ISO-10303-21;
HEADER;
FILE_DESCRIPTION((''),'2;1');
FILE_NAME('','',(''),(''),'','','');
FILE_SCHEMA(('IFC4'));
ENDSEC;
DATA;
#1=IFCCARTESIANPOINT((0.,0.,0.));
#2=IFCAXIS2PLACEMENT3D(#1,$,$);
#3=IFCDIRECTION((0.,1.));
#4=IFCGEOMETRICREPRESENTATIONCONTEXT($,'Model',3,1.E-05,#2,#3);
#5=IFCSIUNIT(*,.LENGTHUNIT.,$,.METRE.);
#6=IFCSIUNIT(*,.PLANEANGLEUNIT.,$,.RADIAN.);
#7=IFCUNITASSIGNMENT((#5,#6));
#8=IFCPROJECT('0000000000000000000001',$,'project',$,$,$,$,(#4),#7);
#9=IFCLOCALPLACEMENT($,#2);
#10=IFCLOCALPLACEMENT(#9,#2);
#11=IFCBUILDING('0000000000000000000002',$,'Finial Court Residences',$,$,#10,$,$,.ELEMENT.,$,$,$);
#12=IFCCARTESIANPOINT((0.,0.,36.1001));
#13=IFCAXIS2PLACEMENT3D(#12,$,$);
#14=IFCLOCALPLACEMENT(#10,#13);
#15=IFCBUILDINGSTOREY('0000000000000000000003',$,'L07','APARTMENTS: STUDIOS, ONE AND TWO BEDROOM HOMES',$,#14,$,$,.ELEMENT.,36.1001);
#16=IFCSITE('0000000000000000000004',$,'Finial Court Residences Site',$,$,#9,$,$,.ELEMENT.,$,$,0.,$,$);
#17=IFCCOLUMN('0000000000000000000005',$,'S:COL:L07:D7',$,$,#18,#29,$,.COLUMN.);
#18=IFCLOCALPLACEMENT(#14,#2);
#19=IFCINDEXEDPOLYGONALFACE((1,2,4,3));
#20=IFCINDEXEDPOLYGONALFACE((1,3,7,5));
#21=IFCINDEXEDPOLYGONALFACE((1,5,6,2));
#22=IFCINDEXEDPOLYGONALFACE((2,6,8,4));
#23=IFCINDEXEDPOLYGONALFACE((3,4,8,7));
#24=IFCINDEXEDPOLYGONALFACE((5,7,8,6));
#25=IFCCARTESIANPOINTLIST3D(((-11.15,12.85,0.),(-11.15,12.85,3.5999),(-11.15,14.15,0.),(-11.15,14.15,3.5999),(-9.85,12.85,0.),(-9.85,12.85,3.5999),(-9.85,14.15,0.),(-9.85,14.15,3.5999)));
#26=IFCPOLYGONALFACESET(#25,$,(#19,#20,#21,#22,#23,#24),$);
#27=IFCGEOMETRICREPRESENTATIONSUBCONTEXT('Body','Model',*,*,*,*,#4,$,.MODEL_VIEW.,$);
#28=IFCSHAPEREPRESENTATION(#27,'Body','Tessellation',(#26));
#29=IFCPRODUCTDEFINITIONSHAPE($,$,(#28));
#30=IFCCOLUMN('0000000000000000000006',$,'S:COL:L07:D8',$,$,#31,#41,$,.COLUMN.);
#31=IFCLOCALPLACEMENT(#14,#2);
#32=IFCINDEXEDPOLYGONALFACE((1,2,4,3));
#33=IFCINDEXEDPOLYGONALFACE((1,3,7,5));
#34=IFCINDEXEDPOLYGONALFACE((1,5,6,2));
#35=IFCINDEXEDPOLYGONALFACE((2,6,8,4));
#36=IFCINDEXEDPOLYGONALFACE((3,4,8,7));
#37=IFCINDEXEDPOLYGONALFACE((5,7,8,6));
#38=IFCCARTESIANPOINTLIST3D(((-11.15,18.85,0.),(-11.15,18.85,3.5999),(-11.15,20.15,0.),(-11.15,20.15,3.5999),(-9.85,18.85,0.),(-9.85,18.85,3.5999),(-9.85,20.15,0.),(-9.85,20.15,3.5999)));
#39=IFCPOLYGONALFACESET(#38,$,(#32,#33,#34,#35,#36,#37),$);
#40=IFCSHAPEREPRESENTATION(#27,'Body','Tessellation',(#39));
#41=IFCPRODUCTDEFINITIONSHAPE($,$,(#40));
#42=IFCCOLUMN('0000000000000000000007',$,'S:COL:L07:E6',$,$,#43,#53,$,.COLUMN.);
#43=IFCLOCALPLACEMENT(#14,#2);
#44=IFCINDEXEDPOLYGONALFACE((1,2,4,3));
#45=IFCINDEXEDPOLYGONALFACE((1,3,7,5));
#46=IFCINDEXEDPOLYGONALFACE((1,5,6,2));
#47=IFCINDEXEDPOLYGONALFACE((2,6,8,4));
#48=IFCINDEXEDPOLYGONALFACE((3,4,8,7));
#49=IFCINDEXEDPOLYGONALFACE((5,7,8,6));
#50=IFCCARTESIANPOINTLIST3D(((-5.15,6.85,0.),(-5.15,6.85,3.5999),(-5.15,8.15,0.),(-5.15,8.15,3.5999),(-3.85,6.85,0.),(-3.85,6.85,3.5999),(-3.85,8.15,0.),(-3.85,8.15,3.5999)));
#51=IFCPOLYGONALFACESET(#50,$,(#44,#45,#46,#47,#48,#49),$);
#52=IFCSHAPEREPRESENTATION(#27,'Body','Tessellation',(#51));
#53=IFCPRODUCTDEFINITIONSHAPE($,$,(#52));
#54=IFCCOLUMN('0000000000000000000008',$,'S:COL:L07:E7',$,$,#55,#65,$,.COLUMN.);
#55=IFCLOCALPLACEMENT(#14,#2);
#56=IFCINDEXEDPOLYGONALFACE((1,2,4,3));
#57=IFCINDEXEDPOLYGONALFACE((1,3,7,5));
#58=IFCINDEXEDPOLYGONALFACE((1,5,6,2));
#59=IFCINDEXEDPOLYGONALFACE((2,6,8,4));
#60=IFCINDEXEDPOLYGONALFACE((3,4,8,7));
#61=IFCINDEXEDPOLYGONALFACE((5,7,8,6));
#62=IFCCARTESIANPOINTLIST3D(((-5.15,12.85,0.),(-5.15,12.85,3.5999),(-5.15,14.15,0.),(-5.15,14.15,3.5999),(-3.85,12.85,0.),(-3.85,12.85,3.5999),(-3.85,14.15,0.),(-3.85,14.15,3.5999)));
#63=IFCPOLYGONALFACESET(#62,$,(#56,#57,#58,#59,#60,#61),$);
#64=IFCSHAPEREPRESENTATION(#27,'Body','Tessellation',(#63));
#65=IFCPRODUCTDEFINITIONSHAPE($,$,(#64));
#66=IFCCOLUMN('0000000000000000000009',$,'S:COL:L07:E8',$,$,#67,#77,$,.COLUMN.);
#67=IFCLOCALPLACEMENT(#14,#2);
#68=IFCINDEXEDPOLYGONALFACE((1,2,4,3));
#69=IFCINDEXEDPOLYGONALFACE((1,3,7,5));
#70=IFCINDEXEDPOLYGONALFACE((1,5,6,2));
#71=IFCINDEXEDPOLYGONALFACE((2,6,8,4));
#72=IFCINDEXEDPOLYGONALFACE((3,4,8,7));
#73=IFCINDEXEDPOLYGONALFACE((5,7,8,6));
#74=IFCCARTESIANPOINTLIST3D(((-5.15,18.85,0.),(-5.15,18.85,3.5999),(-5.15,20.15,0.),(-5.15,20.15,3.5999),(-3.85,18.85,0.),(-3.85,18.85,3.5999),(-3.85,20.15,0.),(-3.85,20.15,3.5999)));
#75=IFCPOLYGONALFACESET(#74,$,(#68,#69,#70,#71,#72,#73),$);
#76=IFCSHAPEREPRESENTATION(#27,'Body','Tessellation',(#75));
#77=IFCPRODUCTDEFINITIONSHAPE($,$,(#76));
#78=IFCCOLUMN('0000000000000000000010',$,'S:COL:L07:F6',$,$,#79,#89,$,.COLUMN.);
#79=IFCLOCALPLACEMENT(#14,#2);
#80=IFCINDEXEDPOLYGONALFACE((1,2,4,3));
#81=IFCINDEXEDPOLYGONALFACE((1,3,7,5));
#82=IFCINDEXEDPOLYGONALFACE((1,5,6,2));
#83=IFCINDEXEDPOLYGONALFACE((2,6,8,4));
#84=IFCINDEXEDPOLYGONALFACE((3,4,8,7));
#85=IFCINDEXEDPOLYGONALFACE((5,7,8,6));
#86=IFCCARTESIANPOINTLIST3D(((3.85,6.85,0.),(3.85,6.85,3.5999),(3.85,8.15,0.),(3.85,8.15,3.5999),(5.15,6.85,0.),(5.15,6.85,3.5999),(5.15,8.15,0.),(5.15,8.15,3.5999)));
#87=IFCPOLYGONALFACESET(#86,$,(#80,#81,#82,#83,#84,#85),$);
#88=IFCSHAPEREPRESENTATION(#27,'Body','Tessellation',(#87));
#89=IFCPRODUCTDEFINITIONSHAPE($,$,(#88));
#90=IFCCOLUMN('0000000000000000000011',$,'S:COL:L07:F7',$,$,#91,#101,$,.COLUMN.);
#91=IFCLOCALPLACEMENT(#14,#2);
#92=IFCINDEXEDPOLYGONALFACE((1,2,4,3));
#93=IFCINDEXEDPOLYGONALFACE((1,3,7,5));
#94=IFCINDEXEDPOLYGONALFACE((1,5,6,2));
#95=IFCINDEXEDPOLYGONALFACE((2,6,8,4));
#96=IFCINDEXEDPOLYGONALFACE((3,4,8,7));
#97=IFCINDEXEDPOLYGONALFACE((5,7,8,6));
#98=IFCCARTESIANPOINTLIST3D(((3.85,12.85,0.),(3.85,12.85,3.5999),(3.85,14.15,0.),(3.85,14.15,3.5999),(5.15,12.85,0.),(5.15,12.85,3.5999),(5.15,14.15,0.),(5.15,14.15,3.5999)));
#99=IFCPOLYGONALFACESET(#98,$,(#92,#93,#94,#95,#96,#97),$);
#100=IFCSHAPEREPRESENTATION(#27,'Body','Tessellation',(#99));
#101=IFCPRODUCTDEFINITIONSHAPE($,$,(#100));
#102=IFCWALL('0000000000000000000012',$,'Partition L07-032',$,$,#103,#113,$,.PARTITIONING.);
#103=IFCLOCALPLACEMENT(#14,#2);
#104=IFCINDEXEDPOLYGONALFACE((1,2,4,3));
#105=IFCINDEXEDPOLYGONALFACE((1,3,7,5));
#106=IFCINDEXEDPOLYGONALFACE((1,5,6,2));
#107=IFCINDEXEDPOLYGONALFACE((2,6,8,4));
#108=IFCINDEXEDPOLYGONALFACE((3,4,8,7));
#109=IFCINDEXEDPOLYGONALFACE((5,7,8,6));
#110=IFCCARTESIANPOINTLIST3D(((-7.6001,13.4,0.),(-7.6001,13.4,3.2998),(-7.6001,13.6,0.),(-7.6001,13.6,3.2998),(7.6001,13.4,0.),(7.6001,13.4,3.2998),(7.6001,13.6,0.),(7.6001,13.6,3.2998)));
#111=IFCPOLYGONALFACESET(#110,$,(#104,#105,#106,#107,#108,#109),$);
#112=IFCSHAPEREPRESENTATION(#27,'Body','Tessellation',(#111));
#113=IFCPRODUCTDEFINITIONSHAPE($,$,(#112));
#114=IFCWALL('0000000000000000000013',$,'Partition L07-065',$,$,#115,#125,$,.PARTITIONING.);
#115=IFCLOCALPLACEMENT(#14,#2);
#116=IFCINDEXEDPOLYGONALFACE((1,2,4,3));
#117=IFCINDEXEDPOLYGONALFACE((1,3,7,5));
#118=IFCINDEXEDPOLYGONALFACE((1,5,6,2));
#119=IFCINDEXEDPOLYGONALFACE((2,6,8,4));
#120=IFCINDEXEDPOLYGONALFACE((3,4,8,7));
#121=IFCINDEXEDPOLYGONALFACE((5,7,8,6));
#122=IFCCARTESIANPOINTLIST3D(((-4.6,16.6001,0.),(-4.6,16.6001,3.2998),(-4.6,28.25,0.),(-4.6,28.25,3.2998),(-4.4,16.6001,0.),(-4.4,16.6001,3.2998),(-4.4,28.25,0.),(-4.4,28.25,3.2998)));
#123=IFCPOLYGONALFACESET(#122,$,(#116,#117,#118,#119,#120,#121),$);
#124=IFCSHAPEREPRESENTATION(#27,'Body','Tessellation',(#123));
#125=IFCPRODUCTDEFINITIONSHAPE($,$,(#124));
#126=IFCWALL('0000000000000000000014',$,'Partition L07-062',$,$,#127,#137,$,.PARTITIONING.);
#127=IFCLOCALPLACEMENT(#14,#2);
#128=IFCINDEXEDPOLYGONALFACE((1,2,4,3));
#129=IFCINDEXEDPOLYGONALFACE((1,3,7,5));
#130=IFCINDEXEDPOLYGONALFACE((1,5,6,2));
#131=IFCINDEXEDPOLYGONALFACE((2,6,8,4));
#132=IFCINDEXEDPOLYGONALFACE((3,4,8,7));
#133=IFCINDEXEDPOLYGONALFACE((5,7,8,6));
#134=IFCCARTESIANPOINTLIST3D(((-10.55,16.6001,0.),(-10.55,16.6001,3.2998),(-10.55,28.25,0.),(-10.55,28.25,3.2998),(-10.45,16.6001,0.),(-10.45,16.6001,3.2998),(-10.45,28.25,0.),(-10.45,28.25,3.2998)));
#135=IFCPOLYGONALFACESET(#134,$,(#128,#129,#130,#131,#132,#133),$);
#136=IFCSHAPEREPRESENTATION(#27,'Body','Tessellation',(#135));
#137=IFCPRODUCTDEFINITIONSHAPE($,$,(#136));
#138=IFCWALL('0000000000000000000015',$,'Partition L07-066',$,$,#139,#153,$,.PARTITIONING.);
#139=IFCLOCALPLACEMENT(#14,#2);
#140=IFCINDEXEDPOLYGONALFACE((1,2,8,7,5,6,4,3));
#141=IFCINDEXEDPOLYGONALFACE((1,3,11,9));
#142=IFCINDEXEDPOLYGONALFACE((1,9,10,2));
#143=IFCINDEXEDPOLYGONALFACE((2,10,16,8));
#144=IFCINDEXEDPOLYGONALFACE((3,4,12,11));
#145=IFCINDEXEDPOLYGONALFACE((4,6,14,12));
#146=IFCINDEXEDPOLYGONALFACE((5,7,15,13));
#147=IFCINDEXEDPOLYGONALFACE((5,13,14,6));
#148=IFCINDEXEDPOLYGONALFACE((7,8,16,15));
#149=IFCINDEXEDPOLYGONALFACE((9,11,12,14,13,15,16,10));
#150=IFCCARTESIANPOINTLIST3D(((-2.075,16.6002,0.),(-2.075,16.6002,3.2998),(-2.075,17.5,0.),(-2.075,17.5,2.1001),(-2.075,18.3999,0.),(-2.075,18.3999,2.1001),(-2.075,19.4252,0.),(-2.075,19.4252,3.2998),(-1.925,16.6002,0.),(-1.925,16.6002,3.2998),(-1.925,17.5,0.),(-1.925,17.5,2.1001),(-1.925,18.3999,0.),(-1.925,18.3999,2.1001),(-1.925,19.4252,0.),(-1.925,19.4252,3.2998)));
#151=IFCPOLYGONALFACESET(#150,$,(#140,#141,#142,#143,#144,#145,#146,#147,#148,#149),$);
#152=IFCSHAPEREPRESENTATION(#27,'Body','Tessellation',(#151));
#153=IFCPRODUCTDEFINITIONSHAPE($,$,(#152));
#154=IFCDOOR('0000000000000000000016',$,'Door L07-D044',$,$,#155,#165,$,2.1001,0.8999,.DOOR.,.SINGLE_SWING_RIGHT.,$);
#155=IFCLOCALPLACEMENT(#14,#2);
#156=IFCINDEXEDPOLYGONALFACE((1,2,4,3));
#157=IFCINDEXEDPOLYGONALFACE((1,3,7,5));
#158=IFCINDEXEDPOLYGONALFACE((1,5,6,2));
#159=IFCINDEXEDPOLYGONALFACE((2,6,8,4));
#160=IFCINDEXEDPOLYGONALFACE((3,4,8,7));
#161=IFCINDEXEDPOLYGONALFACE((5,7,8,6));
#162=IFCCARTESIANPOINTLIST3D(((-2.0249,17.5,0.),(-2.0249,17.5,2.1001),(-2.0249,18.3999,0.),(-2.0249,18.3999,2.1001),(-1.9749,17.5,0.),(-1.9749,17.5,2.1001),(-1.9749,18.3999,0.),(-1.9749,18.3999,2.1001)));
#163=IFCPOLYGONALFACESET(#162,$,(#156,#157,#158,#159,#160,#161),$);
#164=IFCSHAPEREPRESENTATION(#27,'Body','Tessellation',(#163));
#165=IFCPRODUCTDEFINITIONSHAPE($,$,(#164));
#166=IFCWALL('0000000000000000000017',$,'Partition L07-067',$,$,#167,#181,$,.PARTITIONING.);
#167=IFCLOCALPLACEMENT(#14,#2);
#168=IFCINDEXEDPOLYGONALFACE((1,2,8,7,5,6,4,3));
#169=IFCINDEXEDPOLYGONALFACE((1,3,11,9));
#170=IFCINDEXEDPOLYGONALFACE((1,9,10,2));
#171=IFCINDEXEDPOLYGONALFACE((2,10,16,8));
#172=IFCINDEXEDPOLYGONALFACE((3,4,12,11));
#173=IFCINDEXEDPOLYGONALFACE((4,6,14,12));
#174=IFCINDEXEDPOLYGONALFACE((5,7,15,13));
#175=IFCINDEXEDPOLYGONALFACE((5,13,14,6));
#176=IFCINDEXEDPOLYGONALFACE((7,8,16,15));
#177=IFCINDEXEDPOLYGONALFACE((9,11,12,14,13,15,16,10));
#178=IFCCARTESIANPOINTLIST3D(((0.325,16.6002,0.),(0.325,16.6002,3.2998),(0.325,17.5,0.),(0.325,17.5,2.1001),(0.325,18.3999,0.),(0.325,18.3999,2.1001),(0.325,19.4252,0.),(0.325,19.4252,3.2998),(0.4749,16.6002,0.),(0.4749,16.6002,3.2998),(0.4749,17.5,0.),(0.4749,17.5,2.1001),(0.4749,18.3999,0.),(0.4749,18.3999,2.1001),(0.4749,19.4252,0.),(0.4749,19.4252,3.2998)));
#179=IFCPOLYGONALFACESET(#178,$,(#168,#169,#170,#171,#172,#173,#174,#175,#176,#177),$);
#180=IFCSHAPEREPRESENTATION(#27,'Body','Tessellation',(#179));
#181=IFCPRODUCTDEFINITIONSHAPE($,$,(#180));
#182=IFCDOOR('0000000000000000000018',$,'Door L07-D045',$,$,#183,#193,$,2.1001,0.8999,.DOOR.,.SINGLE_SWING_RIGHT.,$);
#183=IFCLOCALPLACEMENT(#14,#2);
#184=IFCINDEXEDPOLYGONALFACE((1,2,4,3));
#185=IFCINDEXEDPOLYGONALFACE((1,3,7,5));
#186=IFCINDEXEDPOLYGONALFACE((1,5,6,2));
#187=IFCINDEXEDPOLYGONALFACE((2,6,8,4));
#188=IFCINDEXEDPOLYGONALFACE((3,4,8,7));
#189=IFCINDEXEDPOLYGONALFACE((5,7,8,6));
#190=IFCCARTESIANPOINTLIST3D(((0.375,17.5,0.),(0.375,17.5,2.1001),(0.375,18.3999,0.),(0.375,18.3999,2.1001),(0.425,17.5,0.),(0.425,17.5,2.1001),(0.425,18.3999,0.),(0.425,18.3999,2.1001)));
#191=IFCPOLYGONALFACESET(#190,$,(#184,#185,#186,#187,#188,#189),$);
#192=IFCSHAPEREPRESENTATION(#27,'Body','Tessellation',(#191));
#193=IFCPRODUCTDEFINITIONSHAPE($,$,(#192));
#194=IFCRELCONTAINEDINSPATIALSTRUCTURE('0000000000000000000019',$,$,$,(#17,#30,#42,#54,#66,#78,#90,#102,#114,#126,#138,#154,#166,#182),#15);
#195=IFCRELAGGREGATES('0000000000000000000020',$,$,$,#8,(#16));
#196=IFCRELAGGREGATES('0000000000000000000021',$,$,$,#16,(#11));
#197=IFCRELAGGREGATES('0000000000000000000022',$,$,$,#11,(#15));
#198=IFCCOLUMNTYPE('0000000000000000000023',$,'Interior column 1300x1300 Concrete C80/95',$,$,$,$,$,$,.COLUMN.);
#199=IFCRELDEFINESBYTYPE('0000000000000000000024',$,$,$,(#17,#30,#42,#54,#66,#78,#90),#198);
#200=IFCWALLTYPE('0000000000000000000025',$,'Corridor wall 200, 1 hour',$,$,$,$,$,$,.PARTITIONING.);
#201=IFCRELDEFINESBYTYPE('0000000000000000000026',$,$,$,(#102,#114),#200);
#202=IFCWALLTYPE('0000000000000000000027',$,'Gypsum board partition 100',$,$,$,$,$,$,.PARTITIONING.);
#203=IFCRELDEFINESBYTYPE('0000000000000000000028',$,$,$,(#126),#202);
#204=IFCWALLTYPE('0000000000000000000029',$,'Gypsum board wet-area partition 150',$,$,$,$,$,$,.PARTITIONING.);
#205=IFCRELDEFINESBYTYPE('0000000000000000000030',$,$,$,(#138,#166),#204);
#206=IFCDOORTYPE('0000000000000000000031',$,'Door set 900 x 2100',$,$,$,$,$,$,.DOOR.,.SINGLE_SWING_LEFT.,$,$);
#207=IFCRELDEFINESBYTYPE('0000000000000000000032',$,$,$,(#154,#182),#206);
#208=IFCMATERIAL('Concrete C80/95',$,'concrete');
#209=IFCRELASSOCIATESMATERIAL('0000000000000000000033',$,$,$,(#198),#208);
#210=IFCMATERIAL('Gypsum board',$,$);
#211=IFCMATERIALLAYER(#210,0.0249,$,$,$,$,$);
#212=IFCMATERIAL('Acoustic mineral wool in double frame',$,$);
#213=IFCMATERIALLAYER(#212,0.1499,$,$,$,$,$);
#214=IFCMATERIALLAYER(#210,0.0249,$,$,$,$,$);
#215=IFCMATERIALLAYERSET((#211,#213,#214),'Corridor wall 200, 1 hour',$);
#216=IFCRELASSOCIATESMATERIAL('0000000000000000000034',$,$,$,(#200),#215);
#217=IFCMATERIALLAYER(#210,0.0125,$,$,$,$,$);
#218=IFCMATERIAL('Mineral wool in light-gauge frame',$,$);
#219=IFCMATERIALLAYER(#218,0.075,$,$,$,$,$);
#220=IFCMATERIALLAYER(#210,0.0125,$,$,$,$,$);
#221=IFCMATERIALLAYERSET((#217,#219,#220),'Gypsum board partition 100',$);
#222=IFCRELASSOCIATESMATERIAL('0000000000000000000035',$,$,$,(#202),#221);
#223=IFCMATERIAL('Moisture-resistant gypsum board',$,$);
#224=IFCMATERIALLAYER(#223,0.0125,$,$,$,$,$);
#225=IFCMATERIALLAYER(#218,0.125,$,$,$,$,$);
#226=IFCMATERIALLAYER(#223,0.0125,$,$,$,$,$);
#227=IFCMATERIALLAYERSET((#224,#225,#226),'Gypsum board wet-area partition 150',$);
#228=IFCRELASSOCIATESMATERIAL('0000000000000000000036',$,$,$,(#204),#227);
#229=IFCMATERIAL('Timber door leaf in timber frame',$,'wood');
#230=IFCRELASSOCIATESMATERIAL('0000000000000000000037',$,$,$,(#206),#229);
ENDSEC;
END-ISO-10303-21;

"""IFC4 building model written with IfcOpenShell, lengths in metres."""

from ifc_helpers import new_model, si_unit, direction, frame, frame_2d, origin, origin_2d, place, context, subcontext, project, spatial, rectangle, extrude, material, layer, layer_set, material_profile, profile_set, type_object, element, fill, save


model = new_model("IFC4")

# Units and contexts
model_context = context("Model", 3, precision=1e-05, world=origin(), true_north=direction((0.0, 1.0)))
body_context = subcontext(model_context, "Body", "Model", "MODEL_VIEW")
ifc_project = project(units=[si_unit("LENGTHUNIT", "METRE"), si_unit("PLANEANGLEUNIT", "RADIAN")], contexts=[model_context])

# Site, building, storey
site_placement = place(None, origin())
site = spatial("IfcSite", under=ifc_project, at=site_placement, Name="Finial Court Residences Site", CompositionType="ELEMENT", RefElevation=0.0)
building_placement = place(site_placement, origin())
building = spatial("IfcBuilding", under=site, at=building_placement, Name="Finial Court Residences", CompositionType="ELEMENT")
storey_placement = place(building_placement, frame((0.0, 0.0, 36.1001)))
storey = spatial("IfcBuildingStorey", under=building, at=storey_placement, Name="L07", Description="APARTMENTS: STUDIOS, ONE AND TWO BEDROOM HOMES", CompositionType="ELEMENT", Elevation=36.1001)

# Columns
ifc_material_1 = material(Name="Concrete C80/95", Category="concrete")
ifc_material_profile = material_profile(ifc_material_1, rectangle(XDim=1.3, YDim=1.3, at=origin_2d()), Name="1300x1300")
ifc_profile_set = profile_set([ifc_material_profile], Name="Concrete C80/95")
column_type = type_object("IfcColumnType", Name="Interior column 1300x1300 Concrete C80/95", PredefinedType="COLUMN", material=ifc_profile_set)
for number, where, z_axis, x_axis, name in (
    (1, (-10.5, 13.5, 0.0), (0.0, 0.0, 1.0), (1.0, 0.0, 0.0), "S:COL:L07:D7"),
    (2, (-10.5, 19.5, 0.0), (0.0, 0.0, 1.0), (1.0, 0.0, 0.0), "S:COL:L07:D8"),
    (3, (-4.5, 7.5, 0.0), (0.0, 0.0, 1.0), (1.0, 0.0, 0.0), "S:COL:L07:E6"),
    (4, (-4.5, 13.5, 0.0), (0.0, 0.0, 1.0), (1.0, 0.0, 0.0), "S:COL:L07:E7"),
    (5, (-4.5, 19.5, 0.0), (0.0, 0.0, 1.0), (1.0, 0.0, 0.0), "S:COL:L07:E8"),
    (6, (4.5, 7.5, 0.0), (0.0, 0.0, 1.0), (1.0, 0.0, 0.0), "S:COL:L07:F6"),
    (7, (4.5, 13.5, 0.0), (0.0, 0.0, 1.0), (1.0, 0.0, 0.0), "S:COL:L07:F7"),
):
    element("IfcColumn", number, at=place(storey_placement, frame(where, z_axis=z_axis, x_axis=x_axis)), inside=storey, type_object=column_type, Name=name, PredefinedType="COLUMN", context=body_context, shape_type="SweptSolid", body=[
        extrude(rectangle(XDim=1.3, YDim=1.3, at=origin_2d()), origin(), (0.0, 0.0, 1.0), 3.5999),
    ])

# Walls
ifc_material_2 = material(Name="Gypsum board")
ifc_layer_1 = layer(ifc_material_2, 0.0249)
ifc_material_3 = material(Name="Acoustic mineral wool in double frame")
ifc_layer_2 = layer(ifc_material_3, 0.1499)
ifc_layer_3 = layer(ifc_material_2, 0.0249)
ifc_layer_set_1 = layer_set([ifc_layer_1, ifc_layer_2, ifc_layer_3], Name="Corridor wall 200, 1 hour")
wall_type_1 = type_object("IfcWallType", Name="Corridor wall 200, 1 hour", PredefinedType="PARTITIONING", material=ifc_layer_set_1)
wall_1_placement = place(storey_placement, frame((-7.6001, 13.5, 0.0), z_axis=(0.0, 0.0, 1.0), x_axis=(1.0, 0.0, 0.0)))
element("IfcWall", 8, at=wall_1_placement, inside=storey, type_object=wall_type_1, Name="Partition L07-032", PredefinedType="PARTITIONING", context=body_context, shape_type="SweptSolid", body=[
    extrude(rectangle(XDim=15.2002, YDim=0.2, at=frame_2d((7.6001, 0.0))), origin(), (0.0, 0.0, 1.0), 3.2998),
])
wall_2_placement = place(storey_placement, frame((-4.5, 16.6001, 0.0), z_axis=(0.0, 0.0, 1.0), x_axis=(0.0, 1.0, 0.0)))
element("IfcWall", 9, at=wall_2_placement, inside=storey, type_object=wall_type_1, Name="Partition L07-065", PredefinedType="PARTITIONING", context=body_context, shape_type="SweptSolid", body=[
    extrude(rectangle(XDim=11.6499, YDim=0.2, at=frame_2d((5.825, 0.0))), origin(), (0.0, 0.0, 1.0), 3.2998),
])
ifc_layer_4 = layer(ifc_material_2, 0.0125)
ifc_material_4 = material(Name="Mineral wool in light-gauge frame")
ifc_layer_5 = layer(ifc_material_4, 0.075)
ifc_layer_6 = layer(ifc_material_2, 0.0125)
ifc_layer_set_2 = layer_set([ifc_layer_4, ifc_layer_5, ifc_layer_6], Name="Gypsum board partition 100")
wall_type_2 = type_object("IfcWallType", Name="Gypsum board partition 100", PredefinedType="PARTITIONING", material=ifc_layer_set_2)
wall_3_placement = place(storey_placement, frame((-10.5, 16.6001, 0.0), z_axis=(0.0, 0.0, 1.0), x_axis=(0.0, 1.0, 0.0)))
element("IfcWall", 10, at=wall_3_placement, inside=storey, type_object=wall_type_2, Name="Partition L07-062", PredefinedType="PARTITIONING", context=body_context, shape_type="SweptSolid", body=[
    extrude(rectangle(XDim=11.6499, YDim=0.1001, at=frame_2d((5.825, 0.0))), origin(), (0.0, 0.0, 1.0), 3.2998),
])

# Walls, openings, doors
ifc_material_5 = material(Name="Moisture-resistant gypsum board")
ifc_layer_7 = layer(ifc_material_5, 0.0125)
ifc_layer_8 = layer(ifc_material_4, 0.125)
ifc_layer_9 = layer(ifc_material_5, 0.0125)
ifc_layer_set_3 = layer_set([ifc_layer_7, ifc_layer_8, ifc_layer_9], Name="Gypsum board wet-area partition 150")
wall_type_3 = type_object("IfcWallType", Name="Gypsum board wet-area partition 150", PredefinedType="PARTITIONING", material=ifc_layer_set_3)
wall_4_placement = place(storey_placement, frame((-2.0, 16.6001, 0.0), z_axis=(0.0, 0.0, 1.0), x_axis=(0.0, 1.0, 0.0)))
wall_4 = element("IfcWall", 11, at=wall_4_placement, inside=storey, type_object=wall_type_3, Name="Partition L07-066", PredefinedType="PARTITIONING", context=body_context, shape_type="SweptSolid", body=[
    extrude(rectangle(XDim=2.825, YDim=0.1499, at=frame_2d((1.4126, 0.0))), origin(), (0.0, 0.0, 1.0), 3.2998),
])
opening_1_placement = place(wall_4_placement, frame((0.8999, 0.0, 0.0)))
opening_1 = element("IfcOpeningElement", 12, at=opening_1_placement, cuts=wall_4, PredefinedType="OPENING", context=body_context, shape_type="SweptSolid", body=[
    extrude(rectangle(XDim=0.8999, YDim=2.1001, at=frame_2d((0.45, 1.05))), frame((0.0, 0.085, 0.0), z_axis=(0.0, -1.0, 0.0), x_axis=(1.0, 0.0, 0.0)), (0.0, 0.0, 1.0), 0.1699),
])
ifc_material_6 = material(Name="Timber door leaf in timber frame", Category="wood")
door_type = type_object("IfcDoorType", Name="Door set 900 x 2100", OperationType="SINGLE_SWING_LEFT", PredefinedType="DOOR", material=ifc_material_6)
door_1_placement = place(opening_1_placement, origin())
door_1 = element("IfcDoor", 13, at=door_1_placement, inside=storey, type_object=door_type, Name="Door L07-D044", OperationType="SINGLE_SWING_RIGHT", OverallHeight=2.1001, OverallWidth=0.8999, PredefinedType="DOOR", context=body_context, shape_type="SweptSolid", body=[
    extrude(rectangle(XDim=0.8999, YDim=2.1001, at=frame_2d((0.45, 1.05))), frame((0.0, 0.0249, 0.0), z_axis=(0.0, -1.0, 0.0), x_axis=(1.0, 0.0, 0.0)), (0.0, 0.0, 1.0), 0.05),
])
fill(opening_1, door_1)
wall_5_placement = place(storey_placement, frame((0.3999, 16.6001, 0.0), z_axis=(0.0, 0.0, 1.0), x_axis=(0.0, 1.0, 0.0)))
wall_5 = element("IfcWall", 14, at=wall_5_placement, inside=storey, type_object=wall_type_3, Name="Partition L07-067", PredefinedType="PARTITIONING", context=body_context, shape_type="SweptSolid", body=[
    extrude(rectangle(XDim=2.825, YDim=0.1499, at=frame_2d((1.4126, 0.0))), origin(), (0.0, 0.0, 1.0), 3.2998),
])
opening_2_placement = place(wall_5_placement, frame((0.8999, 0.0, 0.0)))
opening_2 = element("IfcOpeningElement", 15, at=opening_2_placement, cuts=wall_5, PredefinedType="OPENING", context=body_context, shape_type="SweptSolid", body=[
    extrude(rectangle(XDim=0.8999, YDim=2.1001, at=frame_2d((0.45, 1.05))), frame((0.0, 0.085, 0.0), z_axis=(0.0, -1.0, 0.0), x_axis=(1.0, 0.0, 0.0)), (0.0, 0.0, 1.0), 0.1699),
])
door_2_placement = place(opening_2_placement, origin())
door_2 = element("IfcDoor", 16, at=door_2_placement, inside=storey, type_object=door_type, Name="Door L07-D045", OperationType="SINGLE_SWING_RIGHT", OverallHeight=2.1001, OverallWidth=0.8999, PredefinedType="DOOR", context=body_context, shape_type="SweptSolid", body=[
    extrude(rectangle(XDim=0.8999, YDim=2.1001, at=frame_2d((0.45, 1.05))), frame((0.0, 0.0249, 0.0), z_axis=(0.0, -1.0, 0.0), x_axis=(1.0, 0.0, 0.0)), (0.0, 0.0, 1.0), 0.05),
])
fill(opening_2, door_2)

save(model, "model.ifc")
